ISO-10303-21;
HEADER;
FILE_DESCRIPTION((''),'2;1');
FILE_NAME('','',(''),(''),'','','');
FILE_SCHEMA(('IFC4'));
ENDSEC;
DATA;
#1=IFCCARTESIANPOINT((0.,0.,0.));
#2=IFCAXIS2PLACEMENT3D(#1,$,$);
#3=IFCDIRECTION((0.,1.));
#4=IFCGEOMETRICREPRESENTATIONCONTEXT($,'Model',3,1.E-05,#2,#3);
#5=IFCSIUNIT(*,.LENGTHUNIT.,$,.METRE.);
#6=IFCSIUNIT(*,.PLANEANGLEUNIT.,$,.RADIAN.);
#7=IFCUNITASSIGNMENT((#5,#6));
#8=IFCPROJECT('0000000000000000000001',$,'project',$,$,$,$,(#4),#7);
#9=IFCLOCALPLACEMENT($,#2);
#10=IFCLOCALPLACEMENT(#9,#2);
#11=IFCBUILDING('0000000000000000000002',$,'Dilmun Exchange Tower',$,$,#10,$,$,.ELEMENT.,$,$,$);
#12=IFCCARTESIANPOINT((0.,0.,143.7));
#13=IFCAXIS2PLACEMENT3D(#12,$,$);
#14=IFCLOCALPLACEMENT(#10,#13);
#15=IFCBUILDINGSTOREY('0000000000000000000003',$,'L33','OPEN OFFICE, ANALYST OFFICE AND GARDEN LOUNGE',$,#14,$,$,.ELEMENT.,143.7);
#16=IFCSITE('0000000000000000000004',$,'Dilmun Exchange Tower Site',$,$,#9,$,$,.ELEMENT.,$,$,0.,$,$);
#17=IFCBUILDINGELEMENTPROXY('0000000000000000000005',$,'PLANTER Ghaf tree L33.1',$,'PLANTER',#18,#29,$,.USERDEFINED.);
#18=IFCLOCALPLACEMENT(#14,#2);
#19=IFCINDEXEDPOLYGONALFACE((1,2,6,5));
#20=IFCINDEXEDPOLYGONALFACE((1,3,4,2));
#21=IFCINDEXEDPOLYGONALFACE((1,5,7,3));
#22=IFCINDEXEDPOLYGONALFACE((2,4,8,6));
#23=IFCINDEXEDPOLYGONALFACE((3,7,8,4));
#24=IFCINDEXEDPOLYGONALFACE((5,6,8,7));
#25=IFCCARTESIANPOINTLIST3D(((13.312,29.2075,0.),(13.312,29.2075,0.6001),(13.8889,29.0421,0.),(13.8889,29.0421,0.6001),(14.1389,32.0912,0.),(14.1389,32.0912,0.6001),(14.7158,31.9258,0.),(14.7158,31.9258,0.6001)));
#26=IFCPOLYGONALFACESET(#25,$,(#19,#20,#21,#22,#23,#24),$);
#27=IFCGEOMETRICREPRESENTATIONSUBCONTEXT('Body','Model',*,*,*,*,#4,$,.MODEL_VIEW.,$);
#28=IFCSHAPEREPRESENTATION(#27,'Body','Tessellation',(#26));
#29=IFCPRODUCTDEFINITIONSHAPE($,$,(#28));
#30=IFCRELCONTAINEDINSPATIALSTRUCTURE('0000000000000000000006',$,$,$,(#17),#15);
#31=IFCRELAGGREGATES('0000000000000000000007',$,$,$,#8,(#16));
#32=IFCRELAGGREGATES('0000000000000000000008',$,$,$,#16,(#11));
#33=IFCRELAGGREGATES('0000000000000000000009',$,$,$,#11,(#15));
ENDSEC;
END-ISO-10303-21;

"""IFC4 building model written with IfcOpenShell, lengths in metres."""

from ifc_helpers import new_model, si_unit, direction, frame, origin, origin_2d, place, context, subcontext, project, spatial, rectangle, extrude, element, save


model = new_model("IFC4")

# Units and contexts
model_context = context("Model", 3, precision=1e-05, world=origin(), true_north=direction((0.0, 1.0)))
body_context = subcontext(model_context, "Body", "Model", "MODEL_VIEW")
ifc_project = project(units=[si_unit("LENGTHUNIT", "METRE"), si_unit("PLANEANGLEUNIT", "RADIAN")], contexts=[model_context])

# Site, building, storey
site_placement = place(None, origin())
site = spatial("IfcSite", under=ifc_project, at=site_placement, Name="Dilmun Exchange Tower Site", CompositionType="ELEMENT", RefElevation=0.0)
building_placement = place(site_placement, origin())
building = spatial("IfcBuilding", under=site, at=building_placement, Name="Dilmun Exchange Tower", CompositionType="ELEMENT")
storey_placement = place(building_placement, frame((0.0, 0.0, 143.7)))
storey = spatial("IfcBuildingStorey", under=building, at=storey_placement, Name="L33", Description="OPEN OFFICE, ANALYST OFFICE AND GARDEN LOUNGE", CompositionType="ELEMENT", Elevation=143.7)

# Building element proxy
proxy_placement = place(storey_placement, frame((14.0139, 30.5667, 0.0), z_axis=(0.0, 0.0, 1.0), x_axis=(0.275637, 0.961262, 0.0)))
element("IfcBuildingElementProxy", 1, at=proxy_placement, inside=storey, Name="PLANTER Ghaf tree L33.1", ObjectType="PLANTER", PredefinedType="USERDEFINED", context=body_context, shape_type="SweptSolid", body=[
    extrude(rectangle(XDim=3.0, YDim=0.6001, at=origin_2d()), origin(), (0.0, 0.0, 1.0), 0.6001),
])

save(model, "model.ifc")
